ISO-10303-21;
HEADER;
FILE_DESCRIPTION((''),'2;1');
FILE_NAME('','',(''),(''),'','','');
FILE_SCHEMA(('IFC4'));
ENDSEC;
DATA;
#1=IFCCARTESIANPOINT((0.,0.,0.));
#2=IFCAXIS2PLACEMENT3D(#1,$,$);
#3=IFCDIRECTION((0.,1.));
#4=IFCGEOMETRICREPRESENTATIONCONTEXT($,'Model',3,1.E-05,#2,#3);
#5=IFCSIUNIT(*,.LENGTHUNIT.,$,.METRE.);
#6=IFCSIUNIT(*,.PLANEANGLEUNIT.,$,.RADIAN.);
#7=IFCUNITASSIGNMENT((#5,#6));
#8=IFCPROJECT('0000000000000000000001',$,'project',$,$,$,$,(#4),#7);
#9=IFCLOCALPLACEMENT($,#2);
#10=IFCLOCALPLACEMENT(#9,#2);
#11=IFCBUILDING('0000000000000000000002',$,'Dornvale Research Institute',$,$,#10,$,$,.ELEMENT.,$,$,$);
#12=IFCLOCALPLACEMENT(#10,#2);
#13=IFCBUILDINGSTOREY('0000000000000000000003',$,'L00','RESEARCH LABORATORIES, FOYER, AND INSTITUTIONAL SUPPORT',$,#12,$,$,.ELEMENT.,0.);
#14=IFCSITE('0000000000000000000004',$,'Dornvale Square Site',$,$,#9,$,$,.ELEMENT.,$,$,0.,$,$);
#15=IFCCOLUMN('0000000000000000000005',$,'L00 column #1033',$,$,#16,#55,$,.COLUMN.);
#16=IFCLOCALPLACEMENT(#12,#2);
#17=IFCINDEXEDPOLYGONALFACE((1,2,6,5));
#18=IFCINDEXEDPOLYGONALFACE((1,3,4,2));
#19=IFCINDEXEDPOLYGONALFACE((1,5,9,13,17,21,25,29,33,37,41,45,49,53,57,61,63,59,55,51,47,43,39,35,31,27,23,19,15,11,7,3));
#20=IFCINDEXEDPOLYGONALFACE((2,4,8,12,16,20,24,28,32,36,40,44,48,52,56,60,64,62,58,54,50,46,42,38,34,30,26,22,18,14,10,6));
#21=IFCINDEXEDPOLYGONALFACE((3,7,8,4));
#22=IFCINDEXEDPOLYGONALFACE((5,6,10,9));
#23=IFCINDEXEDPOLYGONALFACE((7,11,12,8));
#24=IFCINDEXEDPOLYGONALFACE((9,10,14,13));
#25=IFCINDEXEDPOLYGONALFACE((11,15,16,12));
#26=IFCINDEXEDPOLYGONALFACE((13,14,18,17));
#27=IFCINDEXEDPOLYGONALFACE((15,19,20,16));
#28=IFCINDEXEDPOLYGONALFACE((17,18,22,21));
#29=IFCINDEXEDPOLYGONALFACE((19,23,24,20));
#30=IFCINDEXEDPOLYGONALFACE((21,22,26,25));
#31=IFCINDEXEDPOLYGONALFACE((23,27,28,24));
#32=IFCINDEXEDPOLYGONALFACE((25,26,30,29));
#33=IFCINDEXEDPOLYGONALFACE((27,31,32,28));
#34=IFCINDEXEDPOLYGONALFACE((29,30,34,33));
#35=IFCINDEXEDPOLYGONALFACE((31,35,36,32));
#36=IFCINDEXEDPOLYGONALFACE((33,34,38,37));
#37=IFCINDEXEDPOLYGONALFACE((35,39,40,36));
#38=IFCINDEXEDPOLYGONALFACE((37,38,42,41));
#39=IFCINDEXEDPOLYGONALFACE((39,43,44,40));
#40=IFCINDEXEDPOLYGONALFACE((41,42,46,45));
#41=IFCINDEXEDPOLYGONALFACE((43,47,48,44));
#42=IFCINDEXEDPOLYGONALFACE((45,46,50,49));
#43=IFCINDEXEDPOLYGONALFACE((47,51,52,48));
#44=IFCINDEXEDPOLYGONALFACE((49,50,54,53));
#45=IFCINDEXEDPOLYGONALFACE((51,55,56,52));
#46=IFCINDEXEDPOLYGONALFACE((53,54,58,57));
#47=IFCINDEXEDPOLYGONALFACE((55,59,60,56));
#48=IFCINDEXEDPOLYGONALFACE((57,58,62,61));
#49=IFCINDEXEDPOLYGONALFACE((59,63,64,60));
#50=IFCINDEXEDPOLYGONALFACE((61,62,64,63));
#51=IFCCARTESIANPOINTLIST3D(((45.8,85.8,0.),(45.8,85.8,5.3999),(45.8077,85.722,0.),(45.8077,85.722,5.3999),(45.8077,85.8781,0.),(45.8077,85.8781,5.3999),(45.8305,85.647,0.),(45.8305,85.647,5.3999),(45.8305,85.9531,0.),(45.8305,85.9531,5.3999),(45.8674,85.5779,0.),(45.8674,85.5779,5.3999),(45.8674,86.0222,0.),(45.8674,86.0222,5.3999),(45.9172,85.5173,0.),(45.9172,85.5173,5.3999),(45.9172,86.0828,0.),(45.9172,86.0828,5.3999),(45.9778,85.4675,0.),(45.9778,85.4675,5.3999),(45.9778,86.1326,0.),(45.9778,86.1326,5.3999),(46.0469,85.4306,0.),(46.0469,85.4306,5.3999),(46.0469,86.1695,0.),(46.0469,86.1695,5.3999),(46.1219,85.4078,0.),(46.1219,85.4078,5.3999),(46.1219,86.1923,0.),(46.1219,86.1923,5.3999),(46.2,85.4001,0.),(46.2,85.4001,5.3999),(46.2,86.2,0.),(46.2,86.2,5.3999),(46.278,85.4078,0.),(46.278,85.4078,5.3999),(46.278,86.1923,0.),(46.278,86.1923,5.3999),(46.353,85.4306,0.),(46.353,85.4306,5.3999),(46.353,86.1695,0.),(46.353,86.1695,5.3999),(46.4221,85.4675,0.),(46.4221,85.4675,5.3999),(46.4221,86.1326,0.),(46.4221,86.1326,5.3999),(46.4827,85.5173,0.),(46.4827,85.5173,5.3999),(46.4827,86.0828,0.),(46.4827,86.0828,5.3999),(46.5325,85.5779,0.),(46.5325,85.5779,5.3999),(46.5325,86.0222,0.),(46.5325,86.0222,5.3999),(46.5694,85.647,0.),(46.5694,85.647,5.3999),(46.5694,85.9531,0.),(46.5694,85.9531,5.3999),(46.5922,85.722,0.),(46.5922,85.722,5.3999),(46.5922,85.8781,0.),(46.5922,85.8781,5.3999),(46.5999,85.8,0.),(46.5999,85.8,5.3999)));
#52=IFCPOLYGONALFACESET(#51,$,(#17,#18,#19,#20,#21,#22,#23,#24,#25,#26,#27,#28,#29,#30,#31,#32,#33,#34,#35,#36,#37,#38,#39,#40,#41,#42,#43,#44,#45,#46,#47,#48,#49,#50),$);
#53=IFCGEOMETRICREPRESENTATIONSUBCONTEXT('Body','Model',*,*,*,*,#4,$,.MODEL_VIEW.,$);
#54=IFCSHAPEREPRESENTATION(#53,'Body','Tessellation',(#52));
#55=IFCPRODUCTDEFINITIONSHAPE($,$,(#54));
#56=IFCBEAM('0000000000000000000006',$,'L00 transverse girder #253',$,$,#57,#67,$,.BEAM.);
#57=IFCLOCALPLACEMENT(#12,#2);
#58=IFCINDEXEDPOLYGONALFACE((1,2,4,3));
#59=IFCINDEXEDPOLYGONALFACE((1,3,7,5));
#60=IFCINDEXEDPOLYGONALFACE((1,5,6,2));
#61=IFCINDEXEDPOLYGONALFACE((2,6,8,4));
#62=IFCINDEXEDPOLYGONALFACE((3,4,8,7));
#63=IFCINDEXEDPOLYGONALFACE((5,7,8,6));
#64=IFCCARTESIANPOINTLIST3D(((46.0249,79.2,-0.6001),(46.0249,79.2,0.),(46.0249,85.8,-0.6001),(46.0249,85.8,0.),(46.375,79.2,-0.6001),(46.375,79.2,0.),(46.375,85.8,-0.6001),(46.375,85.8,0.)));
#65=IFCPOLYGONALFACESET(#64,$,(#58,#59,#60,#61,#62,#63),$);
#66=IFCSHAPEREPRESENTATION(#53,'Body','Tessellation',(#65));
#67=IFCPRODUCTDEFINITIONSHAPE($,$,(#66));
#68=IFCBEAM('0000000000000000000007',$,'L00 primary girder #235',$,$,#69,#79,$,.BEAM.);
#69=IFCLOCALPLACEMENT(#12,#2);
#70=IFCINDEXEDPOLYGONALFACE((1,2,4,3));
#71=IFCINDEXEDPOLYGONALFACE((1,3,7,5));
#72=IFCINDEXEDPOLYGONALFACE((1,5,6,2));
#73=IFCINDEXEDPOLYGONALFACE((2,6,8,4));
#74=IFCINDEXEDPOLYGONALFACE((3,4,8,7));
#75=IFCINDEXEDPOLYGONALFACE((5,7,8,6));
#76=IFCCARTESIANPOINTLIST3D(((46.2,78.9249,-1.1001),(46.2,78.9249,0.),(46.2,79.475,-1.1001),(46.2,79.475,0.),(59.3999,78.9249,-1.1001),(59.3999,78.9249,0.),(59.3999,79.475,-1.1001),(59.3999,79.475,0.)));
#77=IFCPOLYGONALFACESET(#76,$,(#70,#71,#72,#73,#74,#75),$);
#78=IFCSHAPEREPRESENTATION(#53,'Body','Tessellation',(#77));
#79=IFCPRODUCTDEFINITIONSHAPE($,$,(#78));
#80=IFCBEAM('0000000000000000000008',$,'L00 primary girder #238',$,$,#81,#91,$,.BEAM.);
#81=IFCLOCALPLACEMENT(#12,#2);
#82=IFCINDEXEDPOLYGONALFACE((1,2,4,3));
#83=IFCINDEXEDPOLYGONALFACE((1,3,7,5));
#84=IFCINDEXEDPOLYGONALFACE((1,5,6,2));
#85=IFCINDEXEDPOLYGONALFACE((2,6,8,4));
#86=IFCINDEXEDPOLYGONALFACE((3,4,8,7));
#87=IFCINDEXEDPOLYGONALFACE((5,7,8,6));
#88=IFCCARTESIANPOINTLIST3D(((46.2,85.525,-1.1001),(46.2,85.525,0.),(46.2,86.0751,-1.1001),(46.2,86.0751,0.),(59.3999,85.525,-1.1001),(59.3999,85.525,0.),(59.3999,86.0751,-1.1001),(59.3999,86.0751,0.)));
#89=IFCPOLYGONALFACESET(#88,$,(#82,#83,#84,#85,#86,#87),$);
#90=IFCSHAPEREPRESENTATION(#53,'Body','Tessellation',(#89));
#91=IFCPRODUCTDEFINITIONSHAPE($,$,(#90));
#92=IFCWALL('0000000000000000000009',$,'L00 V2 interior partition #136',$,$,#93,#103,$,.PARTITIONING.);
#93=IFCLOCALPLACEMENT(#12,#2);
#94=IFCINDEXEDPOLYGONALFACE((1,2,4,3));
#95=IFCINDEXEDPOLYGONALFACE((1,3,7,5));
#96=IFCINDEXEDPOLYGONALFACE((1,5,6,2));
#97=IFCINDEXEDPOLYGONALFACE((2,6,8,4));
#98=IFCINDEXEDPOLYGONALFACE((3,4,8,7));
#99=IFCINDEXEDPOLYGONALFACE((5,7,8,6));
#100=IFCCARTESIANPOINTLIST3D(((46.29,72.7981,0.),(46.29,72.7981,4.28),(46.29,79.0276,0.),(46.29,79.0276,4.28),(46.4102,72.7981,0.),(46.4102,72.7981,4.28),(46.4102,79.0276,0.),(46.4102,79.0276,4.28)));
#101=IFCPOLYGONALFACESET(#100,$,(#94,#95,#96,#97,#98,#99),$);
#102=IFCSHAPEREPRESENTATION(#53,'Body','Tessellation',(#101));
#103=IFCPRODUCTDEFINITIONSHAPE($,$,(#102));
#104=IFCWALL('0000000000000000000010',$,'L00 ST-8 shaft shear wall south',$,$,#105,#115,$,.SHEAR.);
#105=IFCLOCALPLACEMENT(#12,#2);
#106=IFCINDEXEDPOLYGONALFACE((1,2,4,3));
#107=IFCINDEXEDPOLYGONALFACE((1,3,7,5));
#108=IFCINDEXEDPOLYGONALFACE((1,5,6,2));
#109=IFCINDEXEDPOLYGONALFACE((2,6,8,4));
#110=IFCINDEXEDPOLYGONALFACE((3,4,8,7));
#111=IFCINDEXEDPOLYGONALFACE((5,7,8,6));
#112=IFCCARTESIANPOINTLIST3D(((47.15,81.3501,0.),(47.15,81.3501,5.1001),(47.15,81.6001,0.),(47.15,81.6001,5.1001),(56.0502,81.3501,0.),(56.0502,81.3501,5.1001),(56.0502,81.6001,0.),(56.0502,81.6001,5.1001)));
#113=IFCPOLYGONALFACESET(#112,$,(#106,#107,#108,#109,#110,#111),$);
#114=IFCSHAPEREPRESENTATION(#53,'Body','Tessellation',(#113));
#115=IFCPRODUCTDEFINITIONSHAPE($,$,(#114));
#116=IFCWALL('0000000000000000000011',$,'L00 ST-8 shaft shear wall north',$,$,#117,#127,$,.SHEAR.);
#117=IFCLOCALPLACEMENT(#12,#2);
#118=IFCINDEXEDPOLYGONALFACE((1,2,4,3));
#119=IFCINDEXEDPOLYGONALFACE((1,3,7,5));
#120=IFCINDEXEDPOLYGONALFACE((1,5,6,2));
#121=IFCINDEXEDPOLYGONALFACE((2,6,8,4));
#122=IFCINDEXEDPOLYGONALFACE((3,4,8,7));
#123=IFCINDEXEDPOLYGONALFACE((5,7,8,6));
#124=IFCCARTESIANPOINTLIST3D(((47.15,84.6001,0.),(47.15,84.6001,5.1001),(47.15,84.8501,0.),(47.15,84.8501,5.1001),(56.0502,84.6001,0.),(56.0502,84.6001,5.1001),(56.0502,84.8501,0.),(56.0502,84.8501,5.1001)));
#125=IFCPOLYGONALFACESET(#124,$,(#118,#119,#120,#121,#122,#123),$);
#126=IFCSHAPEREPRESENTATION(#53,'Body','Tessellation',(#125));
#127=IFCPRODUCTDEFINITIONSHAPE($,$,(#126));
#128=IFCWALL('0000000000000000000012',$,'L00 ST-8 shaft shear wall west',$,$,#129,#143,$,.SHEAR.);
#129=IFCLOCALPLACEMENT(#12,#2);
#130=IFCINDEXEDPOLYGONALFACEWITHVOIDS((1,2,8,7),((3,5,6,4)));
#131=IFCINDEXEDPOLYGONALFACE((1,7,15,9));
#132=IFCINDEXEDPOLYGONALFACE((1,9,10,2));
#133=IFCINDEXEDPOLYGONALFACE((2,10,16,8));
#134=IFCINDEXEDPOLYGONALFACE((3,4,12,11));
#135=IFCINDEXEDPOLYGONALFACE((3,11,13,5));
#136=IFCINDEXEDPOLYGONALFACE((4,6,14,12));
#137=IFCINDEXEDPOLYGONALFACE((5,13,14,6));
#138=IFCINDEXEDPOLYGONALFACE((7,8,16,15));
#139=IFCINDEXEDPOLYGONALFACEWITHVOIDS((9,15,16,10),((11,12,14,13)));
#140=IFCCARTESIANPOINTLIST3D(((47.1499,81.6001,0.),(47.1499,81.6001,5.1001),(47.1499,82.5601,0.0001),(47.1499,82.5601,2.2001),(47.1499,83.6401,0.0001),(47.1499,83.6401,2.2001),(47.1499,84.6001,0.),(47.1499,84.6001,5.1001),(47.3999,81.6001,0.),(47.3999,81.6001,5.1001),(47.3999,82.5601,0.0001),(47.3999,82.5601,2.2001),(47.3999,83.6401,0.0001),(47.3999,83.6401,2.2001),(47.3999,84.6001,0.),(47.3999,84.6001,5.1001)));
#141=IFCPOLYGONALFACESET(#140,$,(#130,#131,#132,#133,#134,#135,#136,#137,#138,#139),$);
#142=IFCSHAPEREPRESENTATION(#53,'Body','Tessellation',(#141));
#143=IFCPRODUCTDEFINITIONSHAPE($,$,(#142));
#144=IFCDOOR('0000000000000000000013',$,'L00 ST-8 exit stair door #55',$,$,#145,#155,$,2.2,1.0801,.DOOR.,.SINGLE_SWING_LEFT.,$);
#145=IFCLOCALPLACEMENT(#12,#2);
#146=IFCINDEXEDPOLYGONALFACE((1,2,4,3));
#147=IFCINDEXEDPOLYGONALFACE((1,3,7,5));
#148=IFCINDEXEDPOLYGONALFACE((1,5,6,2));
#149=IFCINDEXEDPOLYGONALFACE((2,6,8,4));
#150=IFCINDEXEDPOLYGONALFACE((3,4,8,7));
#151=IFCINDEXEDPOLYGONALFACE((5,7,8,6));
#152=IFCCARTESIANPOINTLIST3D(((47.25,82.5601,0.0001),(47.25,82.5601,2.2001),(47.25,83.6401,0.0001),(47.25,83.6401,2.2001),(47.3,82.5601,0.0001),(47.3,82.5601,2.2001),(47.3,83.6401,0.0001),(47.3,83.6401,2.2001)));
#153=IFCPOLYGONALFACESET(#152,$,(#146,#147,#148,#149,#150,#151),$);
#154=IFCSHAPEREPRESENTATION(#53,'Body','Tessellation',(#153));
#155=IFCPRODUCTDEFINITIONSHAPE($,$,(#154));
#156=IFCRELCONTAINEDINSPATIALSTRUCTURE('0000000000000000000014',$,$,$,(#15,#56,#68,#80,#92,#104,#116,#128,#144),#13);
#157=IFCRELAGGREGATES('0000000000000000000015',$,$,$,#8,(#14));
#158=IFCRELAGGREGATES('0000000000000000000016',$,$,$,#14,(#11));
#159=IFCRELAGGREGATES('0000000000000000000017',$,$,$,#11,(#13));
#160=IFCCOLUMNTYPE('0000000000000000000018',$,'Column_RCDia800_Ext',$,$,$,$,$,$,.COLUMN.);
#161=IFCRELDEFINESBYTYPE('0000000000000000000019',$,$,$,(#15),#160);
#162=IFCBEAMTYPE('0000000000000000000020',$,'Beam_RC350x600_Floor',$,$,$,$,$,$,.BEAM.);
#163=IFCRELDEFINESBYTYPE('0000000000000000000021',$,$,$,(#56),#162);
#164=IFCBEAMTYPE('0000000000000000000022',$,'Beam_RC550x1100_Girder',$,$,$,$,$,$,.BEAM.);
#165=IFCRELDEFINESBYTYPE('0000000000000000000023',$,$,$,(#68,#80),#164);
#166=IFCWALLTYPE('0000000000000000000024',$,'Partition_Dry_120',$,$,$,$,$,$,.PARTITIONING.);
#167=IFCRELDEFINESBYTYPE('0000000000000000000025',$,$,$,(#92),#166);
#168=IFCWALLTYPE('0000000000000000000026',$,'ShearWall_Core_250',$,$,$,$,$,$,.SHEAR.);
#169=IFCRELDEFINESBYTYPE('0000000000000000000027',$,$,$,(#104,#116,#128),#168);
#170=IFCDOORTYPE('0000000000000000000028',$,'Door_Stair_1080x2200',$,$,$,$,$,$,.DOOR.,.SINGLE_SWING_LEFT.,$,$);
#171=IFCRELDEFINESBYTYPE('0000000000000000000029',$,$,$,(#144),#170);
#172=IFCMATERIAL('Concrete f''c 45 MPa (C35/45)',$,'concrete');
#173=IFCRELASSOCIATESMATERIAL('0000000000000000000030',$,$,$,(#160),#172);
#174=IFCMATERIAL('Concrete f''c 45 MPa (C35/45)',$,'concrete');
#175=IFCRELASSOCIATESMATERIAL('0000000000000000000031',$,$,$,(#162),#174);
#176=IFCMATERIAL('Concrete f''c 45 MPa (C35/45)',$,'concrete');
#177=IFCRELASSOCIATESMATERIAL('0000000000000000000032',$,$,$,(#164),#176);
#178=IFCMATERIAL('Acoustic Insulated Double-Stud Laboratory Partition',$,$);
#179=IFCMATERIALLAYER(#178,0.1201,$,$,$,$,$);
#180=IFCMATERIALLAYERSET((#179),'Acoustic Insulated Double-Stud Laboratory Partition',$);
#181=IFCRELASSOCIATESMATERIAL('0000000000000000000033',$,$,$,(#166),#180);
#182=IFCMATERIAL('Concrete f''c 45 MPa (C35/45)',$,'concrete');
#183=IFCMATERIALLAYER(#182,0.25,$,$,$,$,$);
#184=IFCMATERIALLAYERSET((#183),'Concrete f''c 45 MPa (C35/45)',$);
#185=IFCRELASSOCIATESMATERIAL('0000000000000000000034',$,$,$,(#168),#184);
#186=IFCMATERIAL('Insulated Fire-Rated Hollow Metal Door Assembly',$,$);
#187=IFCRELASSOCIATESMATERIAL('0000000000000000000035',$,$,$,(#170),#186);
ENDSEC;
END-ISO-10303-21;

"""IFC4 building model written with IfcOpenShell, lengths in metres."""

from ifc_helpers import new_model, si_unit, direction, frame, frame_2d, origin, origin_2d, place, context, subcontext, project, spatial, rectangle, circle, extrude, material, layer, layer_set, material_profile, profile_set, type_object, element, fill, save


model = new_model("IFC4")

# Units and contexts
model_context = context("Model", 3, precision=1e-05, world=origin(), true_north=direction((0.0, 1.0)))
body_context = subcontext(model_context, "Body", "Model", "MODEL_VIEW")
ifc_project = project(units=[si_unit("LENGTHUNIT", "METRE"), si_unit("PLANEANGLEUNIT", "RADIAN")], contexts=[model_context])

# Site, building, storey
site_placement = place(None, origin())
site = spatial("IfcSite", under=ifc_project, at=site_placement, Name="Dornvale Square Site", CompositionType="ELEMENT", RefElevation=0.0)
building_placement = place(site_placement, origin())
building = spatial("IfcBuilding", under=site, at=building_placement, Name="Dornvale Research Institute", CompositionType="ELEMENT")
storey_placement = place(building_placement, origin())
storey = spatial("IfcBuildingStorey", under=building, at=storey_placement, Name="L00", Description="RESEARCH LABORATORIES, FOYER, AND INSTITUTIONAL SUPPORT", CompositionType="ELEMENT", Elevation=0.0)

# Column
ifc_material_1 = material(Name="Concrete f'c 45 MPa (C35/45)", Category="concrete")
ifc_material_profile_1 = material_profile(ifc_material_1, circle(Radius=0.3999, at=origin_2d()), Name="RC DIA 800")
ifc_profile_set_1 = profile_set([ifc_material_profile_1], Name="Concrete f'c 45 MPa (C35/45)")
column_type = type_object("IfcColumnType", Name="Column_RCDia800_Ext", PredefinedType="COLUMN", material=ifc_profile_set_1)
column_placement = place(storey_placement, frame((46.2, 85.8, 0.0), z_axis=(0.0, 0.0, 1.0), x_axis=(1.0, 0.0, 0.0)))
element("IfcColumn", 1, at=column_placement, inside=storey, type_object=column_type, Name="L00 column #1033", PredefinedType="COLUMN", context=body_context, shape_type="SweptSolid", body=[
    extrude(circle(Radius=0.3999, at=origin_2d()), origin(), (0.0, 0.0, 1.0), 5.3999),
])

# Beams
ifc_material_2 = material(Name="Concrete f'c 45 MPa (C35/45)", Category="concrete")
ifc_material_profile_2 = material_profile(ifc_material_2, rectangle(XDim=0.3501, YDim=0.6001, at=origin_2d()), Name="RC 350x600")
ifc_profile_set_2 = profile_set([ifc_material_profile_2], Name="Concrete f'c 45 MPa (C35/45)")
beam_type_1 = type_object("IfcBeamType", Name="Beam_RC350x600_Floor", PredefinedType="BEAM", material=ifc_profile_set_2)
beam_placement = place(storey_placement, frame((46.2, 79.2, -0.3), z_axis=(0.0, 1.0, 0.0), x_axis=(-1.0, 0.0, 0.0)))
element("IfcBeam", 2, at=beam_placement, inside=storey, type_object=beam_type_1, Name="L00 transverse girder #253", PredefinedType="BEAM", context=body_context, shape_type="SweptSolid", body=[
    extrude(rectangle(XDim=0.3501, YDim=0.6001, at=origin_2d()), origin(), (0.0, 0.0, 1.0), 6.6001),
])
ifc_material_3 = material(Name="Concrete f'c 45 MPa (C35/45)", Category="concrete")
ifc_material_profile_3 = material_profile(ifc_material_3, rectangle(XDim=0.55, YDim=1.1001, at=origin_2d()), Name="RC 550x1100")
ifc_profile_set_3 = profile_set([ifc_material_profile_3], Name="Concrete f'c 45 MPa (C35/45)")
beam_type_2 = type_object("IfcBeamType", Name="Beam_RC550x1100_Girder", PredefinedType="BEAM", material=ifc_profile_set_3)
for number, where, z_axis, x_axis, name in (
    (3, (46.2, 79.2, -0.55), (1.0, 0.0, 0.0), (0.0, 1.0, 0.0), "L00 primary girder #235"),
    (4, (46.2, 85.8, -0.55), (1.0, 0.0, 0.0), (0.0, 1.0, 0.0), "L00 primary girder #238"),
):
    element("IfcBeam", number, at=place(storey_placement, frame(where, z_axis=z_axis, x_axis=x_axis)), inside=storey, type_object=beam_type_2, Name=name, PredefinedType="BEAM", context=body_context, shape_type="SweptSolid", body=[
        extrude(rectangle(XDim=0.55, YDim=1.1001, at=origin_2d()), origin(), (0.0, 0.0, 1.0), 13.2),
    ])

# Walls
ifc_material_4 = material(Name="Acoustic Insulated Double-Stud Laboratory Partition")
ifc_layer_1 = layer(ifc_material_4, 0.1201)
ifc_layer_set_1 = layer_set([ifc_layer_1], Name="Acoustic Insulated Double-Stud Laboratory Partition")
wall_type_1 = type_object("IfcWallType", Name="Partition_Dry_120", PredefinedType="PARTITIONING", material=ifc_layer_set_1)
wall_1_placement = place(storey_placement, frame((46.3501, 72.7981, 0.0), z_axis=(0.0, 0.0, 1.0), x_axis=(0.0, 1.0, 0.0)))
element("IfcWall", 5, at=wall_1_placement, inside=storey, type_object=wall_type_1, Name="L00 V2 interior partition #136", PredefinedType="PARTITIONING", context=body_context, shape_type="SweptSolid", body=[
    extrude(rectangle(XDim=6.2295, YDim=0.1201, at=frame_2d((3.1147, 0.0))), origin(), (0.0, 0.0, 1.0), 4.28),
])
ifc_material_5 = material(Name="Concrete f'c 45 MPa (C35/45)", Category="concrete")
ifc_layer_2 = layer(ifc_material_5, 0.25)
ifc_layer_set_2 = layer_set([ifc_layer_2], Name="Concrete f'c 45 MPa (C35/45)")
wall_type_2 = type_object("IfcWallType", Name="ShearWall_Core_250", PredefinedType="SHEAR", material=ifc_layer_set_2)
for number, where, z_axis, x_axis, name in (
    (6, (47.1499, 81.4751, 0.0), (0.0, 0.0, 1.0), (1.0, 0.0, 0.0), "L00 ST-8 shaft shear wall south"),
    (7, (47.1499, 84.7251, 0.0), (0.0, 0.0, 1.0), (1.0, 0.0, 0.0), "L00 ST-8 shaft shear wall north"),
):
    element("IfcWall", number, at=place(storey_placement, frame(where, z_axis=z_axis, x_axis=x_axis)), inside=storey, type_object=wall_type_2, Name=name, PredefinedType="SHEAR", context=body_context, shape_type="SweptSolid", body=[
        extrude(rectangle(XDim=8.9001, YDim=0.25, at=frame_2d((4.4502, 0.0))), origin(), (0.0, 0.0, 1.0), 5.1001),
    ])

# Wall, opening, door
wall_2_placement = place(storey_placement, frame((47.2749, 81.6001, 0.0), z_axis=(0.0, 0.0, 1.0), x_axis=(0.0, 1.0, 0.0)))
wall_2 = element("IfcWall", 8, at=wall_2_placement, inside=storey, type_object=wall_type_2, Name="L00 ST-8 shaft shear wall west", PredefinedType="SHEAR", context=body_context, shape_type="SweptSolid", body=[
    extrude(rectangle(XDim=3.0, YDim=0.25, at=frame_2d((1.5, 0.0))), origin(), (0.0, 0.0, 1.0), 5.1001),
])
opening_1_placement = place(wall_2_placement, frame((0.96, 0.0, 0.0)))
opening_1 = element("IfcOpeningElement", 9, at=opening_1_placement, cuts=wall_2, PredefinedType="OPENING", context=body_context, shape_type="SweptSolid", body=[
    extrude(rectangle(XDim=1.0801, YDim=2.2, at=frame_2d((0.54, 1.1001))), frame((0.0, 0.1399, 0.0), z_axis=(0.0, -1.0, 0.0), x_axis=(1.0, 0.0, 0.0)), (0.0, 0.0, 1.0), 0.28),
])
ifc_material_6 = material(Name="Insulated Fire-Rated Hollow Metal Door Assembly")
door_type = type_object("IfcDoorType", Name="Door_Stair_1080x2200", OperationType="SINGLE_SWING_LEFT", PredefinedType="DOOR", material=ifc_material_6)
door_placement = place(opening_1_placement, origin())
door = element("IfcDoor", 10, at=door_placement, inside=storey, type_object=door_type, Name="L00 ST-8 exit stair door #55", OperationType="SINGLE_SWING_LEFT", OverallHeight=2.2, OverallWidth=1.0801, PredefinedType="DOOR", context=body_context, shape_type="SweptSolid", body=[
    extrude(rectangle(XDim=1.0801, YDim=2.2, at=frame_2d((0.54, 1.1001))), frame((0.0, 0.0249, 0.0), z_axis=(0.0, -1.0, 0.0), x_axis=(1.0, 0.0, 0.0)), (0.0, 0.0, 1.0), 0.05),
])
fill(opening_1, door)

save(model, "model.ifc")
